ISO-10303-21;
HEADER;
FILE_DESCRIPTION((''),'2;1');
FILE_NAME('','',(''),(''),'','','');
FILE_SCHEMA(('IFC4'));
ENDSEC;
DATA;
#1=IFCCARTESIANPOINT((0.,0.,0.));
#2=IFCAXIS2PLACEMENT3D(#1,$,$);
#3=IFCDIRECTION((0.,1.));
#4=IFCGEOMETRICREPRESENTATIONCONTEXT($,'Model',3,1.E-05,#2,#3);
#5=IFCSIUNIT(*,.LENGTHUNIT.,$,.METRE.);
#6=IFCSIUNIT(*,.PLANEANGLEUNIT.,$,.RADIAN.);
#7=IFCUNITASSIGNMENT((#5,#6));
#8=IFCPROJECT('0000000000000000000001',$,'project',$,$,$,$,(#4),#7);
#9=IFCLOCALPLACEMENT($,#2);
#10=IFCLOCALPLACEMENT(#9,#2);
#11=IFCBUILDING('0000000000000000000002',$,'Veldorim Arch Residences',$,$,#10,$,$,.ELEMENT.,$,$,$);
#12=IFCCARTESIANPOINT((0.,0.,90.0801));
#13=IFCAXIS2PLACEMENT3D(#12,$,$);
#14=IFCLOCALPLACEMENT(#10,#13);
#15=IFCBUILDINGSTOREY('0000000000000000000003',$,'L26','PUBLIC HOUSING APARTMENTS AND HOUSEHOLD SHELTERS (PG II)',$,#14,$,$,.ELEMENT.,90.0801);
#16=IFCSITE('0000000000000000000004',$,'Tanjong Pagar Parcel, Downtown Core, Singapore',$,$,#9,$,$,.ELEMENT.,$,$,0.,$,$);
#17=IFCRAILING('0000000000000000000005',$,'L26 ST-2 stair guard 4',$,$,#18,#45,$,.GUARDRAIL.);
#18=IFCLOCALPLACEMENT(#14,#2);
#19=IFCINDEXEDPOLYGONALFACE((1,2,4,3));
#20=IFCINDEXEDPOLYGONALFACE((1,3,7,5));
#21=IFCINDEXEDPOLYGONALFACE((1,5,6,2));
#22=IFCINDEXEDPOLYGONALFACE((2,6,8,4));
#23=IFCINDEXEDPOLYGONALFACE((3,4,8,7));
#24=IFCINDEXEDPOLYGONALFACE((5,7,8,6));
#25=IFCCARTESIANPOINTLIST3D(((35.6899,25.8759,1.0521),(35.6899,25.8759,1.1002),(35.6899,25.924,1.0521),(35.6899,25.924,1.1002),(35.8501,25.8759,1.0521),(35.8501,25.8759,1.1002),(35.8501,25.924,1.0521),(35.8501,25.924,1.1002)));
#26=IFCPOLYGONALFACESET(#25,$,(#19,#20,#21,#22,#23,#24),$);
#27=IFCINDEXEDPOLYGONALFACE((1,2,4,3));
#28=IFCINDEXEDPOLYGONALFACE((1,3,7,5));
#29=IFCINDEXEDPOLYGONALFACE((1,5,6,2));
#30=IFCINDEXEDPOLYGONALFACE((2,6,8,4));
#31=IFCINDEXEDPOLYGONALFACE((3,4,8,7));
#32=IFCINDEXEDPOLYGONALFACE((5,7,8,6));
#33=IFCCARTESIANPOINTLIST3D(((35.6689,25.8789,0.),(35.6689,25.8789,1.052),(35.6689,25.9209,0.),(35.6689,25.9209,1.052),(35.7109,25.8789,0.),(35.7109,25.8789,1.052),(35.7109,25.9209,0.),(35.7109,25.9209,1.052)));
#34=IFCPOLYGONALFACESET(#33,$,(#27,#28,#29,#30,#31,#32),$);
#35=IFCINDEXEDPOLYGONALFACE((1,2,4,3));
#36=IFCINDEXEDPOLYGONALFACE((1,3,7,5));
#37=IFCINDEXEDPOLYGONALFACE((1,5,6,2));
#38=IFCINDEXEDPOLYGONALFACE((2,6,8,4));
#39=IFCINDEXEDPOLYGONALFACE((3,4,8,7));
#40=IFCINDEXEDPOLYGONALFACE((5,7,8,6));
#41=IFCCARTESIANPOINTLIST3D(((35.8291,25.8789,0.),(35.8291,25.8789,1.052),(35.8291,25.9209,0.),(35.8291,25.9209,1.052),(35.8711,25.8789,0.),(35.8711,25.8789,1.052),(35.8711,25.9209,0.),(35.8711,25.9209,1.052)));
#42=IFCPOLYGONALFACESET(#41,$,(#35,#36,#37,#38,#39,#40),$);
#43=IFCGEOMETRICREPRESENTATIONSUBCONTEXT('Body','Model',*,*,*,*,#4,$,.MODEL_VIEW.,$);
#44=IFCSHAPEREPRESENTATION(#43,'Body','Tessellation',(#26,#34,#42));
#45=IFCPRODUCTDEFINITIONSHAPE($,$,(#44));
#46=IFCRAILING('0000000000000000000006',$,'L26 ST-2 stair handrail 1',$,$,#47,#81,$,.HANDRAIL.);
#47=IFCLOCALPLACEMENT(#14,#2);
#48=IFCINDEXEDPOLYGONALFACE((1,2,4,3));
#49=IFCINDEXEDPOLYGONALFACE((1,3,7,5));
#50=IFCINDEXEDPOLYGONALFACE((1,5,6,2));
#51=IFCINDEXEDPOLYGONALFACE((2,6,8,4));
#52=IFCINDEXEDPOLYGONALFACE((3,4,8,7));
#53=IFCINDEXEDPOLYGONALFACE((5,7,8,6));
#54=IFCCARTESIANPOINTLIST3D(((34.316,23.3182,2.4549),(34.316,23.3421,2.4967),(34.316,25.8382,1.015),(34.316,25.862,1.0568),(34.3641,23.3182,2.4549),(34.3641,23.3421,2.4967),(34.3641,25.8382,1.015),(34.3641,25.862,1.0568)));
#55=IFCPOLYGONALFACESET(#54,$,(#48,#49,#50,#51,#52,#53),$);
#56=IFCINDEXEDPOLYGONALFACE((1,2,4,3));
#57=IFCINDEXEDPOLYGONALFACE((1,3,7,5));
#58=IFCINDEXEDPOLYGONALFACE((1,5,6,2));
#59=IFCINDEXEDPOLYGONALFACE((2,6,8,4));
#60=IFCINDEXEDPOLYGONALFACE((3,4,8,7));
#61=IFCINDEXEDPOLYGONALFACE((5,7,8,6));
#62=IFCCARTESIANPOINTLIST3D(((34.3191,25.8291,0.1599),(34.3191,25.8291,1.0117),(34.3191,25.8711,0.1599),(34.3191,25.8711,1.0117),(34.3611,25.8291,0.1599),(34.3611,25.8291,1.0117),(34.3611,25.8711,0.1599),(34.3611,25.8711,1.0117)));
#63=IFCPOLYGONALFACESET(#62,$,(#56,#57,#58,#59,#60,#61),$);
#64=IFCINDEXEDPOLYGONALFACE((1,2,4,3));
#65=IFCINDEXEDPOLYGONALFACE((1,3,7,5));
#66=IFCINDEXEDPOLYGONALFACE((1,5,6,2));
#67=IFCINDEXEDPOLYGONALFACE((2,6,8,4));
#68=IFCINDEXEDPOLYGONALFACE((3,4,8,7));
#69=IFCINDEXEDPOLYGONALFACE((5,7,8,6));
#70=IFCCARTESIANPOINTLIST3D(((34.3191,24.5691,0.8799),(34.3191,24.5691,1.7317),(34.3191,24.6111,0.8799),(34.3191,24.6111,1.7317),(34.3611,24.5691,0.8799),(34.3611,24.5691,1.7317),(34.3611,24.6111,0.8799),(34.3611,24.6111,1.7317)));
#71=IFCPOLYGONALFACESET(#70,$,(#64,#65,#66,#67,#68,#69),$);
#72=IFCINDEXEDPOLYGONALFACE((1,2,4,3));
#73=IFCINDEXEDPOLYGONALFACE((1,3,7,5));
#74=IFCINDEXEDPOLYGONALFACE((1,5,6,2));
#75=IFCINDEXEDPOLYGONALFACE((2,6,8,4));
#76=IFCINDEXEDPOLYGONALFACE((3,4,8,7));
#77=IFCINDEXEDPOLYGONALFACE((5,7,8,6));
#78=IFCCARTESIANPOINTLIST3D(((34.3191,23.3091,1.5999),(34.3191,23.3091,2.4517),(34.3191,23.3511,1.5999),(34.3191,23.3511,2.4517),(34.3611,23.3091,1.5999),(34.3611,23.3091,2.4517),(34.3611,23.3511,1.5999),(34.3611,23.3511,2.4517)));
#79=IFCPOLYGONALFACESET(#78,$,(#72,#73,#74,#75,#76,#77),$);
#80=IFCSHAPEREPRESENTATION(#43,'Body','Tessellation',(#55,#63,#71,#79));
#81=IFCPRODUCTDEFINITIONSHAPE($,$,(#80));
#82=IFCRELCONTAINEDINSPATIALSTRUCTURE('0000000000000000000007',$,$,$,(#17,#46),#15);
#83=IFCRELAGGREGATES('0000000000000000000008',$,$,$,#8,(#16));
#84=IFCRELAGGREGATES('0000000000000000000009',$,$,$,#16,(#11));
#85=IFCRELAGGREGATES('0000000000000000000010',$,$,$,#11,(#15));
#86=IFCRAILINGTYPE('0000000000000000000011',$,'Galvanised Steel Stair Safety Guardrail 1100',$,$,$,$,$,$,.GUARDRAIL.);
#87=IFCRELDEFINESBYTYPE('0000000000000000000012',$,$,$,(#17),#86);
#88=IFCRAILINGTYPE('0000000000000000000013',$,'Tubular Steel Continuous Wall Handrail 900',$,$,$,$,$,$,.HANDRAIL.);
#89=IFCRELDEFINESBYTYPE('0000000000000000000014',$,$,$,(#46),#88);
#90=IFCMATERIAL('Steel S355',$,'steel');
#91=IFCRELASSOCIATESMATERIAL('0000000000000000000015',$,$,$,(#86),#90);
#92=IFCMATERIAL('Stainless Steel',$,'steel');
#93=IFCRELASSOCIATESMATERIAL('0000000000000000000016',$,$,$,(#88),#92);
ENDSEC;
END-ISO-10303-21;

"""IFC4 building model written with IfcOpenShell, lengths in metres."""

from ifc_helpers import new_model, si_unit, direction, frame, origin, origin_2d, place, context, subcontext, project, spatial, rectangle, extrude, material, type_object, element, save


model = new_model("IFC4")

# Units and contexts
model_context = context("Model", 3, precision=1e-05, world=origin(), true_north=direction((0.0, 1.0)))
body_context = subcontext(model_context, "Body", "Model", "MODEL_VIEW")
ifc_project = project(units=[si_unit("LENGTHUNIT", "METRE"), si_unit("PLANEANGLEUNIT", "RADIAN")], contexts=[model_context])

# Site, building, storey
site_placement = place(None, origin())
site = spatial("IfcSite", under=ifc_project, at=site_placement, Name="Tanjong Pagar Parcel, Downtown Core, Singapore", CompositionType="ELEMENT", RefElevation=0.0)
building_placement = place(site_placement, origin())
building = spatial("IfcBuilding", under=site, at=building_placement, Name="Veldorim Arch Residences", CompositionType="ELEMENT")
storey_placement = place(building_placement, frame((0.0, 0.0, 90.0801)))
storey = spatial("IfcBuildingStorey", under=building, at=storey_placement, Name="L26", Description="PUBLIC HOUSING APARTMENTS AND HOUSEHOLD SHELTERS (PG II)", CompositionType="ELEMENT", Elevation=90.0801)

# Railings
ifc_material_1 = material(Name="Steel S355", Category="steel")
railing_type_1 = type_object("IfcRailingType", Name="Galvanised Steel Stair Safety Guardrail 1100", PredefinedType="GUARDRAIL", material=ifc_material_1)
railing_1_placement = place(storey_placement, frame((35.6899, 25.8999, 0.0)))
element("IfcRailing", 1, at=railing_1_placement, inside=storey, type_object=railing_type_1, Name="L26 ST-2 stair guard 4", PredefinedType="GUARDRAIL", context=body_context, shape_type="SweptSolid", body=[
    extrude(rectangle(XDim=0.0481, YDim=0.0481, at=origin_2d()), frame((0.0, 0.0, 1.0762), z_axis=(1.0, 0.0, 0.0), x_axis=(0.0, 1.0, 0.0)), (0.0, 0.0, 1.0), 0.1602),
    extrude(rectangle(XDim=0.042, YDim=0.042, at=origin_2d()), origin(), (0.0, 0.0, 1.0), 1.052),
    extrude(rectangle(XDim=0.042, YDim=0.042, at=origin_2d()), frame((0.1602, 0.0, 0.0)), (0.0, 0.0, 1.0), 1.052),
])
ifc_material_2 = material(Name="Stainless Steel", Category="steel")
railing_type_2 = type_object("IfcRailingType", Name="Tubular Steel Continuous Wall Handrail 900", PredefinedType="HANDRAIL", material=ifc_material_2)
railing_2_placement = place(storey_placement, frame((34.3401, 25.8501, 0.1599)))
element("IfcRailing", 2, at=railing_2_placement, inside=storey, type_object=railing_type_2, Name="L26 ST-2 stair handrail 1", PredefinedType="HANDRAIL", context=body_context, shape_type="SweptSolid", body=[
    extrude(rectangle(XDim=0.0481, YDim=0.0481, at=origin_2d()), frame((0.0, 0.0, 0.876), z_axis=(0.0, -0.868253, 0.496121), x_axis=(1.0, 0.0, 0.0)), (0.0, 0.0, 1.0), 2.9023),
    extrude(rectangle(XDim=0.042, YDim=0.042, at=origin_2d()), origin(), (0.0, 0.0, 1.0), 0.8518),
    extrude(rectangle(XDim=0.042, YDim=0.042, at=origin_2d()), frame((0.0, -1.26, 0.72)), (0.0, 0.0, 1.0), 0.8518),
    extrude(rectangle(XDim=0.042, YDim=0.042, at=origin_2d()), frame((0.0, -2.52, 1.4399)), (0.0, 0.0, 1.0), 0.8518),
])

save(model, "model.ifc")
